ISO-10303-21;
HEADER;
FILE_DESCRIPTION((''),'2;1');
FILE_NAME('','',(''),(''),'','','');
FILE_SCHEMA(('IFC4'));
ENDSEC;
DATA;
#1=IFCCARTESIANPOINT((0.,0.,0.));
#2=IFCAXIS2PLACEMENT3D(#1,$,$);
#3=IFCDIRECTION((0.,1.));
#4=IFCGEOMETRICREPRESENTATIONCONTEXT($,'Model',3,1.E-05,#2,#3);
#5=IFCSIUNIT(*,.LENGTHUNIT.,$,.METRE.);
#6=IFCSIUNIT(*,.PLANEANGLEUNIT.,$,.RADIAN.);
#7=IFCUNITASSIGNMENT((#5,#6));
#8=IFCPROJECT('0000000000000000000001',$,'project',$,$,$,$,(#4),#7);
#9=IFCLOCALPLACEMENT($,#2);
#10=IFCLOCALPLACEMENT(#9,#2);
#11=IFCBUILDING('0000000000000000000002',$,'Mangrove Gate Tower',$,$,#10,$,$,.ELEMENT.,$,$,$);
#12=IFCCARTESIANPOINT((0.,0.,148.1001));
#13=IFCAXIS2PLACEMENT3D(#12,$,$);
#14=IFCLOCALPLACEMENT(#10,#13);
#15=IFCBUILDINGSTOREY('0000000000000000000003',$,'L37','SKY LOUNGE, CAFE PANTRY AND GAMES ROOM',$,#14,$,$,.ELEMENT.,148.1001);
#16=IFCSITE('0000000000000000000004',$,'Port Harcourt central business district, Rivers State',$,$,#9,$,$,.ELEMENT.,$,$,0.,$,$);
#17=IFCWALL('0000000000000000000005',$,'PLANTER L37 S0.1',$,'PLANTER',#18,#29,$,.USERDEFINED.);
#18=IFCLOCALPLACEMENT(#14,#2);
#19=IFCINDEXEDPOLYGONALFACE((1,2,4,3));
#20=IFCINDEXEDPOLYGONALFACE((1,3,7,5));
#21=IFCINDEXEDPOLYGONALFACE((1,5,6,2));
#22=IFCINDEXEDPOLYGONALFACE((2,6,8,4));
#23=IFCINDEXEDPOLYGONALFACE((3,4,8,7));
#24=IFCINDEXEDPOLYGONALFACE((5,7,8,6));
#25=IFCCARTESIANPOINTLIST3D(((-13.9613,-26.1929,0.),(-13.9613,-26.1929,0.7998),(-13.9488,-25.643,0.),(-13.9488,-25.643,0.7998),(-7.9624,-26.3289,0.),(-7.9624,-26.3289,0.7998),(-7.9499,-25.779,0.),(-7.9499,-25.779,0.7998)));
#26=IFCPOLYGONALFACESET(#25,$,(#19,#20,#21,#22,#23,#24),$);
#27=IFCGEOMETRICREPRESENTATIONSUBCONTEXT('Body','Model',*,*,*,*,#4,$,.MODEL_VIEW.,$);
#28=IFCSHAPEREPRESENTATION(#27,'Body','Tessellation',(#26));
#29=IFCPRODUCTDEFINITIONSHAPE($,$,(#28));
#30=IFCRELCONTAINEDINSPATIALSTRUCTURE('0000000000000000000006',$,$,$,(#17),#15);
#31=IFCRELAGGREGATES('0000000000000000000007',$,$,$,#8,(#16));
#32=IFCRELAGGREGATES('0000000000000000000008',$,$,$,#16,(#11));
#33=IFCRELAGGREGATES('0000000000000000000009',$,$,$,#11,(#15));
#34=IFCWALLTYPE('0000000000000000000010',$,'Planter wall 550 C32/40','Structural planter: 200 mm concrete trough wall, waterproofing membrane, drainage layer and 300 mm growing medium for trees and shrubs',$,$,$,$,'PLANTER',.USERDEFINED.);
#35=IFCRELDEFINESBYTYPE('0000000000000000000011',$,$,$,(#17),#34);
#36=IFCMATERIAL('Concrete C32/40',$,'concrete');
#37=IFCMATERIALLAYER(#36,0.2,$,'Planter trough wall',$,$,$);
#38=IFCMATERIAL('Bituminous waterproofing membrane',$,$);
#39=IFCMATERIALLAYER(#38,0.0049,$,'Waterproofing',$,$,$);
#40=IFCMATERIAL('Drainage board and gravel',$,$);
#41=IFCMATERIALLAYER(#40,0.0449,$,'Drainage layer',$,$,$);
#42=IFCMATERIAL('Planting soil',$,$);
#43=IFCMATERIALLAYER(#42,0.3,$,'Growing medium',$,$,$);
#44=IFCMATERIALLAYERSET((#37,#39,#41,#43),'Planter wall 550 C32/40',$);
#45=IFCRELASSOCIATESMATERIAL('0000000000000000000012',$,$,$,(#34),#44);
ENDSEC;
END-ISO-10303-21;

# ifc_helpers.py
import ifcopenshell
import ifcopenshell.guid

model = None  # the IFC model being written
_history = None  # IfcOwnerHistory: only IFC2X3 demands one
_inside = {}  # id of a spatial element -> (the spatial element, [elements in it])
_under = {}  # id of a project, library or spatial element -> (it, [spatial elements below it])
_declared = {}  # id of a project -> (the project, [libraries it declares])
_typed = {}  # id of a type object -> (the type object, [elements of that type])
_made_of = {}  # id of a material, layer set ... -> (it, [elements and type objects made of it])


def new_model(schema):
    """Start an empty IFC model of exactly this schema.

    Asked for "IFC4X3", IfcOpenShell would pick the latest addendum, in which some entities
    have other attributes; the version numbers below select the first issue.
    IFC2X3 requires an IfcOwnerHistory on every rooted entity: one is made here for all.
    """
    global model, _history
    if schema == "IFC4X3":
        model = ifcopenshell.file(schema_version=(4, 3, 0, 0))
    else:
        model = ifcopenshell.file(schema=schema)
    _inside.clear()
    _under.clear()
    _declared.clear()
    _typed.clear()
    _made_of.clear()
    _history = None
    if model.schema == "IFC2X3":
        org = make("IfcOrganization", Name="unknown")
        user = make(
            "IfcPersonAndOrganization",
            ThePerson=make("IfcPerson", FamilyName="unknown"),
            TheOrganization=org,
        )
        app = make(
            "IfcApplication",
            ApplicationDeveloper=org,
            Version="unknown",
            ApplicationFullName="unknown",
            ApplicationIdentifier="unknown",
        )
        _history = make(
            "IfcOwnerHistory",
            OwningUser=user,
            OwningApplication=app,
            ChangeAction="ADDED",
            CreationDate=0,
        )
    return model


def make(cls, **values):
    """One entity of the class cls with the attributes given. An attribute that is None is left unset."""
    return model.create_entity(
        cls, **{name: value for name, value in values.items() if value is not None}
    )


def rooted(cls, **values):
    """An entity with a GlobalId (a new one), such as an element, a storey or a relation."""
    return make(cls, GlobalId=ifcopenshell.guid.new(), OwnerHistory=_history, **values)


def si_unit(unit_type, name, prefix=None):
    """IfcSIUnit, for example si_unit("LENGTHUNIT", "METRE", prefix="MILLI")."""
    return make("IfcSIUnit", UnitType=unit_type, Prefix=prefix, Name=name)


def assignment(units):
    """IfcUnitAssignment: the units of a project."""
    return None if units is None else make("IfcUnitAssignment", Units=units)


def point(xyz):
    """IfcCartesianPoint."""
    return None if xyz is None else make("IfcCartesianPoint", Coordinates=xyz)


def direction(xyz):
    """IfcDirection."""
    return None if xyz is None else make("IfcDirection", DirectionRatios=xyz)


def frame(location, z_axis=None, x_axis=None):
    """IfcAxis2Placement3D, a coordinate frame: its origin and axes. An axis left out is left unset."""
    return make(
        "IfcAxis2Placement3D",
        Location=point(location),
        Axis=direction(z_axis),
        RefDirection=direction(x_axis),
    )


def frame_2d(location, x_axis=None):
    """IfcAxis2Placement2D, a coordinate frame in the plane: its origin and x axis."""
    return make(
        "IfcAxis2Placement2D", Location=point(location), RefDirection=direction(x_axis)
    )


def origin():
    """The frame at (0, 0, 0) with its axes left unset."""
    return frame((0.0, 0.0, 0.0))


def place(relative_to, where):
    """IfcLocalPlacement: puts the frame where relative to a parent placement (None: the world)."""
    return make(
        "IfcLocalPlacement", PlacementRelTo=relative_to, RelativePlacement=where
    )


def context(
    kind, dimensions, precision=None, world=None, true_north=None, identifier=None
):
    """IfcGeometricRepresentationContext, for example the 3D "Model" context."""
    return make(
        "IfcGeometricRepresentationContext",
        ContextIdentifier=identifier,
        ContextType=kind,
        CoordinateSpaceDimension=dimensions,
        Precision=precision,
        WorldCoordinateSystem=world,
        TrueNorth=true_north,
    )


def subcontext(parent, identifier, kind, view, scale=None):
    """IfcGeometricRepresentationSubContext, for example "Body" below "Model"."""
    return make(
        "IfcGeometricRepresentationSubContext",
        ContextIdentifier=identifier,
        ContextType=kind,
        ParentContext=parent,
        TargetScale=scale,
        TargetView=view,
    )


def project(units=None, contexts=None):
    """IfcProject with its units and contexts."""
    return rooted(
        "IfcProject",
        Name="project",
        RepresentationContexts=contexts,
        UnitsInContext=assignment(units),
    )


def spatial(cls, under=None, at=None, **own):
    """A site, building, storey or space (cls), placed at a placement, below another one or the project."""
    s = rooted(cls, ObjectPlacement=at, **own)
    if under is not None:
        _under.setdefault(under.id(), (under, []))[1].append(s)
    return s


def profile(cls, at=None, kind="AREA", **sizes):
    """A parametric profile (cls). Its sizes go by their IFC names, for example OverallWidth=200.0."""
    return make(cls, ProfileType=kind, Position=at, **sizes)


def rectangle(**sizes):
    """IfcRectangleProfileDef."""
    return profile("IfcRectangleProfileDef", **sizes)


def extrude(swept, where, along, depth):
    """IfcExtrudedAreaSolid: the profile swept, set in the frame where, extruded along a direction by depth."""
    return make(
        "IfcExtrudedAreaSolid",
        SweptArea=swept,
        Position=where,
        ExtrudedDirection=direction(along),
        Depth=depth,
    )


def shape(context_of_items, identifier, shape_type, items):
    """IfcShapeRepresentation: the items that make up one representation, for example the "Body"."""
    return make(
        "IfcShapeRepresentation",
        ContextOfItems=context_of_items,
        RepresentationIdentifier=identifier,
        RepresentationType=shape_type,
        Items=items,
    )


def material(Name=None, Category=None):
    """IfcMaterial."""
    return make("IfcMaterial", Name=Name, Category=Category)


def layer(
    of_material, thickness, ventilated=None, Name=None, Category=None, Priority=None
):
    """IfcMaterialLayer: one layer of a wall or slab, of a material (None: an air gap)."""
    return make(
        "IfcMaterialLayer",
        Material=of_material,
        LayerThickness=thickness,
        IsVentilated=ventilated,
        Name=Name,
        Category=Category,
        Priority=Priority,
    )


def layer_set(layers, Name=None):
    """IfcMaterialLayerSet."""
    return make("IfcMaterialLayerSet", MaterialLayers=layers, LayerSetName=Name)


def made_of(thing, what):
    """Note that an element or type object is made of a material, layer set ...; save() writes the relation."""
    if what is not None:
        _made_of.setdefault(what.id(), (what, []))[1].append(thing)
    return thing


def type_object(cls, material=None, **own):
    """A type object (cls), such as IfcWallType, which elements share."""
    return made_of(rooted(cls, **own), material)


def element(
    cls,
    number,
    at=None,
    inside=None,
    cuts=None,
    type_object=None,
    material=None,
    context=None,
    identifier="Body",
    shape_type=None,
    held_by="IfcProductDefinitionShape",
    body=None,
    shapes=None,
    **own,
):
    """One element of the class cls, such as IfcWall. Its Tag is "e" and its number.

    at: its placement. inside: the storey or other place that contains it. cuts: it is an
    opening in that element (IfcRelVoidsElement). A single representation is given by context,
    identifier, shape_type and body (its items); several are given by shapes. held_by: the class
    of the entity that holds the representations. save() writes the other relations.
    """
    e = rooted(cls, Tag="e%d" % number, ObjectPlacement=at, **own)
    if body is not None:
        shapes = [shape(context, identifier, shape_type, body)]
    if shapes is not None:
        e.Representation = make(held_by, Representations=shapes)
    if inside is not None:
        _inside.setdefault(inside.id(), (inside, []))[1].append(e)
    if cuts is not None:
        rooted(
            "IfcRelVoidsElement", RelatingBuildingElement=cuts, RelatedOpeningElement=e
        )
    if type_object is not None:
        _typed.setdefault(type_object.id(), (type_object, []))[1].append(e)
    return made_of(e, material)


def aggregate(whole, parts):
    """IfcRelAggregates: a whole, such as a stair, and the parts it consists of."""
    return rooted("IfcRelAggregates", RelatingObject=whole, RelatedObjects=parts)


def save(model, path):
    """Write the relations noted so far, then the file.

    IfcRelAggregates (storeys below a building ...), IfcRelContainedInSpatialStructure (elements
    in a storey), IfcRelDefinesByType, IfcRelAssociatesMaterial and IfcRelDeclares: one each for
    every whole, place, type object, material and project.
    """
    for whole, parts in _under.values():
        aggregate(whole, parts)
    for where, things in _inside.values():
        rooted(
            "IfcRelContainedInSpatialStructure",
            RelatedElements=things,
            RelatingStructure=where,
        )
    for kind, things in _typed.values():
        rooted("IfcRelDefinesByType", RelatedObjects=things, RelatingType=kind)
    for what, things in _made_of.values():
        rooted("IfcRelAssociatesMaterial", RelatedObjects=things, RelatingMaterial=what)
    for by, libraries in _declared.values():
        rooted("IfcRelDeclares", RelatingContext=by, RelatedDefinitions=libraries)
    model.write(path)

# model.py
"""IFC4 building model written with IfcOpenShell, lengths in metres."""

from ifc_helpers import new_model, si_unit, direction, frame, frame_2d, origin, place, context, subcontext, project, spatial, rectangle, extrude, material, layer, layer_set, type_object, element, save


model = new_model("IFC4")

# Units and contexts
model_context = context("Model", 3, precision=1e-05, world=origin(), true_north=direction((0.0, 1.0)))
body_context = subcontext(model_context, "Body", "Model", "MODEL_VIEW")
ifc_project = project(units=[si_unit("LENGTHUNIT", "METRE"), si_unit("PLANEANGLEUNIT", "RADIAN")], contexts=[model_context])

# Site, building, storey
site_placement = place(None, origin())
site = spatial("IfcSite", under=ifc_project, at=site_placement, Name="Port Harcourt central business district, Rivers State", CompositionType="ELEMENT", RefElevation=0.0)
building_placement = place(site_placement, origin())
building = spatial("IfcBuilding", under=site, at=building_placement, Name="Mangrove Gate Tower", CompositionType="ELEMENT")
storey_placement = place(building_placement, frame((0.0, 0.0, 148.1001)))
storey = spatial("IfcBuildingStorey", under=building, at=storey_placement, Name="L37", Description="SKY LOUNGE, CAFE PANTRY AND GAMES ROOM", CompositionType="ELEMENT", Elevation=148.1001)

# Wall
ifc_material_1 = material(Name="Concrete C32/40", Category="concrete")
ifc_layer_1 = layer(ifc_material_1, 0.2, Name="Planter trough wall")
ifc_material_2 = material(Name="Bituminous waterproofing membrane")
ifc_layer_2 = layer(ifc_material_2, 0.0049, Name="Waterproofing")
ifc_material_3 = material(Name="Drainage board and gravel")
ifc_layer_3 = layer(ifc_material_3, 0.0449, Name="Drainage layer")
ifc_material_4 = material(Name="Planting soil")
ifc_layer_4 = layer(ifc_material_4, 0.3, Name="Growing medium")
ifc_layer_set_1 = layer_set([ifc_layer_1, ifc_layer_2, ifc_layer_3, ifc_layer_4], Name="Planter wall 550 C32/40")
wall_type_1 = type_object("IfcWallType", Name="Planter wall 550 C32/40", Description="Structural planter: 200 mm concrete trough wall, waterproofing membrane, drainage layer and 300 mm growing medium for trees and shrubs", ElementType="PLANTER", PredefinedType="USERDEFINED", material=ifc_layer_set_1)
wall_1_placement = place(storey_placement, frame((-13.9551, -25.918, 0.0), z_axis=(0.0, 0.0, 1.0), x_axis=(0.999743, -0.022662, 0.0)))
element("IfcWall", 1, at=wall_1_placement, inside=storey, type_object=wall_type_1, Name="PLANTER L37 S0.1", ObjectType="PLANTER", PredefinedType="USERDEFINED", context=body_context, shape_type="SweptSolid", body=[
    extrude(rectangle(XDim=6.0005, YDim=0.55, at=frame_2d((3.0002, 0.0))), origin(), (0.0, 0.0, 1.0), 0.7998),
])

save(model, "model.ifc")
